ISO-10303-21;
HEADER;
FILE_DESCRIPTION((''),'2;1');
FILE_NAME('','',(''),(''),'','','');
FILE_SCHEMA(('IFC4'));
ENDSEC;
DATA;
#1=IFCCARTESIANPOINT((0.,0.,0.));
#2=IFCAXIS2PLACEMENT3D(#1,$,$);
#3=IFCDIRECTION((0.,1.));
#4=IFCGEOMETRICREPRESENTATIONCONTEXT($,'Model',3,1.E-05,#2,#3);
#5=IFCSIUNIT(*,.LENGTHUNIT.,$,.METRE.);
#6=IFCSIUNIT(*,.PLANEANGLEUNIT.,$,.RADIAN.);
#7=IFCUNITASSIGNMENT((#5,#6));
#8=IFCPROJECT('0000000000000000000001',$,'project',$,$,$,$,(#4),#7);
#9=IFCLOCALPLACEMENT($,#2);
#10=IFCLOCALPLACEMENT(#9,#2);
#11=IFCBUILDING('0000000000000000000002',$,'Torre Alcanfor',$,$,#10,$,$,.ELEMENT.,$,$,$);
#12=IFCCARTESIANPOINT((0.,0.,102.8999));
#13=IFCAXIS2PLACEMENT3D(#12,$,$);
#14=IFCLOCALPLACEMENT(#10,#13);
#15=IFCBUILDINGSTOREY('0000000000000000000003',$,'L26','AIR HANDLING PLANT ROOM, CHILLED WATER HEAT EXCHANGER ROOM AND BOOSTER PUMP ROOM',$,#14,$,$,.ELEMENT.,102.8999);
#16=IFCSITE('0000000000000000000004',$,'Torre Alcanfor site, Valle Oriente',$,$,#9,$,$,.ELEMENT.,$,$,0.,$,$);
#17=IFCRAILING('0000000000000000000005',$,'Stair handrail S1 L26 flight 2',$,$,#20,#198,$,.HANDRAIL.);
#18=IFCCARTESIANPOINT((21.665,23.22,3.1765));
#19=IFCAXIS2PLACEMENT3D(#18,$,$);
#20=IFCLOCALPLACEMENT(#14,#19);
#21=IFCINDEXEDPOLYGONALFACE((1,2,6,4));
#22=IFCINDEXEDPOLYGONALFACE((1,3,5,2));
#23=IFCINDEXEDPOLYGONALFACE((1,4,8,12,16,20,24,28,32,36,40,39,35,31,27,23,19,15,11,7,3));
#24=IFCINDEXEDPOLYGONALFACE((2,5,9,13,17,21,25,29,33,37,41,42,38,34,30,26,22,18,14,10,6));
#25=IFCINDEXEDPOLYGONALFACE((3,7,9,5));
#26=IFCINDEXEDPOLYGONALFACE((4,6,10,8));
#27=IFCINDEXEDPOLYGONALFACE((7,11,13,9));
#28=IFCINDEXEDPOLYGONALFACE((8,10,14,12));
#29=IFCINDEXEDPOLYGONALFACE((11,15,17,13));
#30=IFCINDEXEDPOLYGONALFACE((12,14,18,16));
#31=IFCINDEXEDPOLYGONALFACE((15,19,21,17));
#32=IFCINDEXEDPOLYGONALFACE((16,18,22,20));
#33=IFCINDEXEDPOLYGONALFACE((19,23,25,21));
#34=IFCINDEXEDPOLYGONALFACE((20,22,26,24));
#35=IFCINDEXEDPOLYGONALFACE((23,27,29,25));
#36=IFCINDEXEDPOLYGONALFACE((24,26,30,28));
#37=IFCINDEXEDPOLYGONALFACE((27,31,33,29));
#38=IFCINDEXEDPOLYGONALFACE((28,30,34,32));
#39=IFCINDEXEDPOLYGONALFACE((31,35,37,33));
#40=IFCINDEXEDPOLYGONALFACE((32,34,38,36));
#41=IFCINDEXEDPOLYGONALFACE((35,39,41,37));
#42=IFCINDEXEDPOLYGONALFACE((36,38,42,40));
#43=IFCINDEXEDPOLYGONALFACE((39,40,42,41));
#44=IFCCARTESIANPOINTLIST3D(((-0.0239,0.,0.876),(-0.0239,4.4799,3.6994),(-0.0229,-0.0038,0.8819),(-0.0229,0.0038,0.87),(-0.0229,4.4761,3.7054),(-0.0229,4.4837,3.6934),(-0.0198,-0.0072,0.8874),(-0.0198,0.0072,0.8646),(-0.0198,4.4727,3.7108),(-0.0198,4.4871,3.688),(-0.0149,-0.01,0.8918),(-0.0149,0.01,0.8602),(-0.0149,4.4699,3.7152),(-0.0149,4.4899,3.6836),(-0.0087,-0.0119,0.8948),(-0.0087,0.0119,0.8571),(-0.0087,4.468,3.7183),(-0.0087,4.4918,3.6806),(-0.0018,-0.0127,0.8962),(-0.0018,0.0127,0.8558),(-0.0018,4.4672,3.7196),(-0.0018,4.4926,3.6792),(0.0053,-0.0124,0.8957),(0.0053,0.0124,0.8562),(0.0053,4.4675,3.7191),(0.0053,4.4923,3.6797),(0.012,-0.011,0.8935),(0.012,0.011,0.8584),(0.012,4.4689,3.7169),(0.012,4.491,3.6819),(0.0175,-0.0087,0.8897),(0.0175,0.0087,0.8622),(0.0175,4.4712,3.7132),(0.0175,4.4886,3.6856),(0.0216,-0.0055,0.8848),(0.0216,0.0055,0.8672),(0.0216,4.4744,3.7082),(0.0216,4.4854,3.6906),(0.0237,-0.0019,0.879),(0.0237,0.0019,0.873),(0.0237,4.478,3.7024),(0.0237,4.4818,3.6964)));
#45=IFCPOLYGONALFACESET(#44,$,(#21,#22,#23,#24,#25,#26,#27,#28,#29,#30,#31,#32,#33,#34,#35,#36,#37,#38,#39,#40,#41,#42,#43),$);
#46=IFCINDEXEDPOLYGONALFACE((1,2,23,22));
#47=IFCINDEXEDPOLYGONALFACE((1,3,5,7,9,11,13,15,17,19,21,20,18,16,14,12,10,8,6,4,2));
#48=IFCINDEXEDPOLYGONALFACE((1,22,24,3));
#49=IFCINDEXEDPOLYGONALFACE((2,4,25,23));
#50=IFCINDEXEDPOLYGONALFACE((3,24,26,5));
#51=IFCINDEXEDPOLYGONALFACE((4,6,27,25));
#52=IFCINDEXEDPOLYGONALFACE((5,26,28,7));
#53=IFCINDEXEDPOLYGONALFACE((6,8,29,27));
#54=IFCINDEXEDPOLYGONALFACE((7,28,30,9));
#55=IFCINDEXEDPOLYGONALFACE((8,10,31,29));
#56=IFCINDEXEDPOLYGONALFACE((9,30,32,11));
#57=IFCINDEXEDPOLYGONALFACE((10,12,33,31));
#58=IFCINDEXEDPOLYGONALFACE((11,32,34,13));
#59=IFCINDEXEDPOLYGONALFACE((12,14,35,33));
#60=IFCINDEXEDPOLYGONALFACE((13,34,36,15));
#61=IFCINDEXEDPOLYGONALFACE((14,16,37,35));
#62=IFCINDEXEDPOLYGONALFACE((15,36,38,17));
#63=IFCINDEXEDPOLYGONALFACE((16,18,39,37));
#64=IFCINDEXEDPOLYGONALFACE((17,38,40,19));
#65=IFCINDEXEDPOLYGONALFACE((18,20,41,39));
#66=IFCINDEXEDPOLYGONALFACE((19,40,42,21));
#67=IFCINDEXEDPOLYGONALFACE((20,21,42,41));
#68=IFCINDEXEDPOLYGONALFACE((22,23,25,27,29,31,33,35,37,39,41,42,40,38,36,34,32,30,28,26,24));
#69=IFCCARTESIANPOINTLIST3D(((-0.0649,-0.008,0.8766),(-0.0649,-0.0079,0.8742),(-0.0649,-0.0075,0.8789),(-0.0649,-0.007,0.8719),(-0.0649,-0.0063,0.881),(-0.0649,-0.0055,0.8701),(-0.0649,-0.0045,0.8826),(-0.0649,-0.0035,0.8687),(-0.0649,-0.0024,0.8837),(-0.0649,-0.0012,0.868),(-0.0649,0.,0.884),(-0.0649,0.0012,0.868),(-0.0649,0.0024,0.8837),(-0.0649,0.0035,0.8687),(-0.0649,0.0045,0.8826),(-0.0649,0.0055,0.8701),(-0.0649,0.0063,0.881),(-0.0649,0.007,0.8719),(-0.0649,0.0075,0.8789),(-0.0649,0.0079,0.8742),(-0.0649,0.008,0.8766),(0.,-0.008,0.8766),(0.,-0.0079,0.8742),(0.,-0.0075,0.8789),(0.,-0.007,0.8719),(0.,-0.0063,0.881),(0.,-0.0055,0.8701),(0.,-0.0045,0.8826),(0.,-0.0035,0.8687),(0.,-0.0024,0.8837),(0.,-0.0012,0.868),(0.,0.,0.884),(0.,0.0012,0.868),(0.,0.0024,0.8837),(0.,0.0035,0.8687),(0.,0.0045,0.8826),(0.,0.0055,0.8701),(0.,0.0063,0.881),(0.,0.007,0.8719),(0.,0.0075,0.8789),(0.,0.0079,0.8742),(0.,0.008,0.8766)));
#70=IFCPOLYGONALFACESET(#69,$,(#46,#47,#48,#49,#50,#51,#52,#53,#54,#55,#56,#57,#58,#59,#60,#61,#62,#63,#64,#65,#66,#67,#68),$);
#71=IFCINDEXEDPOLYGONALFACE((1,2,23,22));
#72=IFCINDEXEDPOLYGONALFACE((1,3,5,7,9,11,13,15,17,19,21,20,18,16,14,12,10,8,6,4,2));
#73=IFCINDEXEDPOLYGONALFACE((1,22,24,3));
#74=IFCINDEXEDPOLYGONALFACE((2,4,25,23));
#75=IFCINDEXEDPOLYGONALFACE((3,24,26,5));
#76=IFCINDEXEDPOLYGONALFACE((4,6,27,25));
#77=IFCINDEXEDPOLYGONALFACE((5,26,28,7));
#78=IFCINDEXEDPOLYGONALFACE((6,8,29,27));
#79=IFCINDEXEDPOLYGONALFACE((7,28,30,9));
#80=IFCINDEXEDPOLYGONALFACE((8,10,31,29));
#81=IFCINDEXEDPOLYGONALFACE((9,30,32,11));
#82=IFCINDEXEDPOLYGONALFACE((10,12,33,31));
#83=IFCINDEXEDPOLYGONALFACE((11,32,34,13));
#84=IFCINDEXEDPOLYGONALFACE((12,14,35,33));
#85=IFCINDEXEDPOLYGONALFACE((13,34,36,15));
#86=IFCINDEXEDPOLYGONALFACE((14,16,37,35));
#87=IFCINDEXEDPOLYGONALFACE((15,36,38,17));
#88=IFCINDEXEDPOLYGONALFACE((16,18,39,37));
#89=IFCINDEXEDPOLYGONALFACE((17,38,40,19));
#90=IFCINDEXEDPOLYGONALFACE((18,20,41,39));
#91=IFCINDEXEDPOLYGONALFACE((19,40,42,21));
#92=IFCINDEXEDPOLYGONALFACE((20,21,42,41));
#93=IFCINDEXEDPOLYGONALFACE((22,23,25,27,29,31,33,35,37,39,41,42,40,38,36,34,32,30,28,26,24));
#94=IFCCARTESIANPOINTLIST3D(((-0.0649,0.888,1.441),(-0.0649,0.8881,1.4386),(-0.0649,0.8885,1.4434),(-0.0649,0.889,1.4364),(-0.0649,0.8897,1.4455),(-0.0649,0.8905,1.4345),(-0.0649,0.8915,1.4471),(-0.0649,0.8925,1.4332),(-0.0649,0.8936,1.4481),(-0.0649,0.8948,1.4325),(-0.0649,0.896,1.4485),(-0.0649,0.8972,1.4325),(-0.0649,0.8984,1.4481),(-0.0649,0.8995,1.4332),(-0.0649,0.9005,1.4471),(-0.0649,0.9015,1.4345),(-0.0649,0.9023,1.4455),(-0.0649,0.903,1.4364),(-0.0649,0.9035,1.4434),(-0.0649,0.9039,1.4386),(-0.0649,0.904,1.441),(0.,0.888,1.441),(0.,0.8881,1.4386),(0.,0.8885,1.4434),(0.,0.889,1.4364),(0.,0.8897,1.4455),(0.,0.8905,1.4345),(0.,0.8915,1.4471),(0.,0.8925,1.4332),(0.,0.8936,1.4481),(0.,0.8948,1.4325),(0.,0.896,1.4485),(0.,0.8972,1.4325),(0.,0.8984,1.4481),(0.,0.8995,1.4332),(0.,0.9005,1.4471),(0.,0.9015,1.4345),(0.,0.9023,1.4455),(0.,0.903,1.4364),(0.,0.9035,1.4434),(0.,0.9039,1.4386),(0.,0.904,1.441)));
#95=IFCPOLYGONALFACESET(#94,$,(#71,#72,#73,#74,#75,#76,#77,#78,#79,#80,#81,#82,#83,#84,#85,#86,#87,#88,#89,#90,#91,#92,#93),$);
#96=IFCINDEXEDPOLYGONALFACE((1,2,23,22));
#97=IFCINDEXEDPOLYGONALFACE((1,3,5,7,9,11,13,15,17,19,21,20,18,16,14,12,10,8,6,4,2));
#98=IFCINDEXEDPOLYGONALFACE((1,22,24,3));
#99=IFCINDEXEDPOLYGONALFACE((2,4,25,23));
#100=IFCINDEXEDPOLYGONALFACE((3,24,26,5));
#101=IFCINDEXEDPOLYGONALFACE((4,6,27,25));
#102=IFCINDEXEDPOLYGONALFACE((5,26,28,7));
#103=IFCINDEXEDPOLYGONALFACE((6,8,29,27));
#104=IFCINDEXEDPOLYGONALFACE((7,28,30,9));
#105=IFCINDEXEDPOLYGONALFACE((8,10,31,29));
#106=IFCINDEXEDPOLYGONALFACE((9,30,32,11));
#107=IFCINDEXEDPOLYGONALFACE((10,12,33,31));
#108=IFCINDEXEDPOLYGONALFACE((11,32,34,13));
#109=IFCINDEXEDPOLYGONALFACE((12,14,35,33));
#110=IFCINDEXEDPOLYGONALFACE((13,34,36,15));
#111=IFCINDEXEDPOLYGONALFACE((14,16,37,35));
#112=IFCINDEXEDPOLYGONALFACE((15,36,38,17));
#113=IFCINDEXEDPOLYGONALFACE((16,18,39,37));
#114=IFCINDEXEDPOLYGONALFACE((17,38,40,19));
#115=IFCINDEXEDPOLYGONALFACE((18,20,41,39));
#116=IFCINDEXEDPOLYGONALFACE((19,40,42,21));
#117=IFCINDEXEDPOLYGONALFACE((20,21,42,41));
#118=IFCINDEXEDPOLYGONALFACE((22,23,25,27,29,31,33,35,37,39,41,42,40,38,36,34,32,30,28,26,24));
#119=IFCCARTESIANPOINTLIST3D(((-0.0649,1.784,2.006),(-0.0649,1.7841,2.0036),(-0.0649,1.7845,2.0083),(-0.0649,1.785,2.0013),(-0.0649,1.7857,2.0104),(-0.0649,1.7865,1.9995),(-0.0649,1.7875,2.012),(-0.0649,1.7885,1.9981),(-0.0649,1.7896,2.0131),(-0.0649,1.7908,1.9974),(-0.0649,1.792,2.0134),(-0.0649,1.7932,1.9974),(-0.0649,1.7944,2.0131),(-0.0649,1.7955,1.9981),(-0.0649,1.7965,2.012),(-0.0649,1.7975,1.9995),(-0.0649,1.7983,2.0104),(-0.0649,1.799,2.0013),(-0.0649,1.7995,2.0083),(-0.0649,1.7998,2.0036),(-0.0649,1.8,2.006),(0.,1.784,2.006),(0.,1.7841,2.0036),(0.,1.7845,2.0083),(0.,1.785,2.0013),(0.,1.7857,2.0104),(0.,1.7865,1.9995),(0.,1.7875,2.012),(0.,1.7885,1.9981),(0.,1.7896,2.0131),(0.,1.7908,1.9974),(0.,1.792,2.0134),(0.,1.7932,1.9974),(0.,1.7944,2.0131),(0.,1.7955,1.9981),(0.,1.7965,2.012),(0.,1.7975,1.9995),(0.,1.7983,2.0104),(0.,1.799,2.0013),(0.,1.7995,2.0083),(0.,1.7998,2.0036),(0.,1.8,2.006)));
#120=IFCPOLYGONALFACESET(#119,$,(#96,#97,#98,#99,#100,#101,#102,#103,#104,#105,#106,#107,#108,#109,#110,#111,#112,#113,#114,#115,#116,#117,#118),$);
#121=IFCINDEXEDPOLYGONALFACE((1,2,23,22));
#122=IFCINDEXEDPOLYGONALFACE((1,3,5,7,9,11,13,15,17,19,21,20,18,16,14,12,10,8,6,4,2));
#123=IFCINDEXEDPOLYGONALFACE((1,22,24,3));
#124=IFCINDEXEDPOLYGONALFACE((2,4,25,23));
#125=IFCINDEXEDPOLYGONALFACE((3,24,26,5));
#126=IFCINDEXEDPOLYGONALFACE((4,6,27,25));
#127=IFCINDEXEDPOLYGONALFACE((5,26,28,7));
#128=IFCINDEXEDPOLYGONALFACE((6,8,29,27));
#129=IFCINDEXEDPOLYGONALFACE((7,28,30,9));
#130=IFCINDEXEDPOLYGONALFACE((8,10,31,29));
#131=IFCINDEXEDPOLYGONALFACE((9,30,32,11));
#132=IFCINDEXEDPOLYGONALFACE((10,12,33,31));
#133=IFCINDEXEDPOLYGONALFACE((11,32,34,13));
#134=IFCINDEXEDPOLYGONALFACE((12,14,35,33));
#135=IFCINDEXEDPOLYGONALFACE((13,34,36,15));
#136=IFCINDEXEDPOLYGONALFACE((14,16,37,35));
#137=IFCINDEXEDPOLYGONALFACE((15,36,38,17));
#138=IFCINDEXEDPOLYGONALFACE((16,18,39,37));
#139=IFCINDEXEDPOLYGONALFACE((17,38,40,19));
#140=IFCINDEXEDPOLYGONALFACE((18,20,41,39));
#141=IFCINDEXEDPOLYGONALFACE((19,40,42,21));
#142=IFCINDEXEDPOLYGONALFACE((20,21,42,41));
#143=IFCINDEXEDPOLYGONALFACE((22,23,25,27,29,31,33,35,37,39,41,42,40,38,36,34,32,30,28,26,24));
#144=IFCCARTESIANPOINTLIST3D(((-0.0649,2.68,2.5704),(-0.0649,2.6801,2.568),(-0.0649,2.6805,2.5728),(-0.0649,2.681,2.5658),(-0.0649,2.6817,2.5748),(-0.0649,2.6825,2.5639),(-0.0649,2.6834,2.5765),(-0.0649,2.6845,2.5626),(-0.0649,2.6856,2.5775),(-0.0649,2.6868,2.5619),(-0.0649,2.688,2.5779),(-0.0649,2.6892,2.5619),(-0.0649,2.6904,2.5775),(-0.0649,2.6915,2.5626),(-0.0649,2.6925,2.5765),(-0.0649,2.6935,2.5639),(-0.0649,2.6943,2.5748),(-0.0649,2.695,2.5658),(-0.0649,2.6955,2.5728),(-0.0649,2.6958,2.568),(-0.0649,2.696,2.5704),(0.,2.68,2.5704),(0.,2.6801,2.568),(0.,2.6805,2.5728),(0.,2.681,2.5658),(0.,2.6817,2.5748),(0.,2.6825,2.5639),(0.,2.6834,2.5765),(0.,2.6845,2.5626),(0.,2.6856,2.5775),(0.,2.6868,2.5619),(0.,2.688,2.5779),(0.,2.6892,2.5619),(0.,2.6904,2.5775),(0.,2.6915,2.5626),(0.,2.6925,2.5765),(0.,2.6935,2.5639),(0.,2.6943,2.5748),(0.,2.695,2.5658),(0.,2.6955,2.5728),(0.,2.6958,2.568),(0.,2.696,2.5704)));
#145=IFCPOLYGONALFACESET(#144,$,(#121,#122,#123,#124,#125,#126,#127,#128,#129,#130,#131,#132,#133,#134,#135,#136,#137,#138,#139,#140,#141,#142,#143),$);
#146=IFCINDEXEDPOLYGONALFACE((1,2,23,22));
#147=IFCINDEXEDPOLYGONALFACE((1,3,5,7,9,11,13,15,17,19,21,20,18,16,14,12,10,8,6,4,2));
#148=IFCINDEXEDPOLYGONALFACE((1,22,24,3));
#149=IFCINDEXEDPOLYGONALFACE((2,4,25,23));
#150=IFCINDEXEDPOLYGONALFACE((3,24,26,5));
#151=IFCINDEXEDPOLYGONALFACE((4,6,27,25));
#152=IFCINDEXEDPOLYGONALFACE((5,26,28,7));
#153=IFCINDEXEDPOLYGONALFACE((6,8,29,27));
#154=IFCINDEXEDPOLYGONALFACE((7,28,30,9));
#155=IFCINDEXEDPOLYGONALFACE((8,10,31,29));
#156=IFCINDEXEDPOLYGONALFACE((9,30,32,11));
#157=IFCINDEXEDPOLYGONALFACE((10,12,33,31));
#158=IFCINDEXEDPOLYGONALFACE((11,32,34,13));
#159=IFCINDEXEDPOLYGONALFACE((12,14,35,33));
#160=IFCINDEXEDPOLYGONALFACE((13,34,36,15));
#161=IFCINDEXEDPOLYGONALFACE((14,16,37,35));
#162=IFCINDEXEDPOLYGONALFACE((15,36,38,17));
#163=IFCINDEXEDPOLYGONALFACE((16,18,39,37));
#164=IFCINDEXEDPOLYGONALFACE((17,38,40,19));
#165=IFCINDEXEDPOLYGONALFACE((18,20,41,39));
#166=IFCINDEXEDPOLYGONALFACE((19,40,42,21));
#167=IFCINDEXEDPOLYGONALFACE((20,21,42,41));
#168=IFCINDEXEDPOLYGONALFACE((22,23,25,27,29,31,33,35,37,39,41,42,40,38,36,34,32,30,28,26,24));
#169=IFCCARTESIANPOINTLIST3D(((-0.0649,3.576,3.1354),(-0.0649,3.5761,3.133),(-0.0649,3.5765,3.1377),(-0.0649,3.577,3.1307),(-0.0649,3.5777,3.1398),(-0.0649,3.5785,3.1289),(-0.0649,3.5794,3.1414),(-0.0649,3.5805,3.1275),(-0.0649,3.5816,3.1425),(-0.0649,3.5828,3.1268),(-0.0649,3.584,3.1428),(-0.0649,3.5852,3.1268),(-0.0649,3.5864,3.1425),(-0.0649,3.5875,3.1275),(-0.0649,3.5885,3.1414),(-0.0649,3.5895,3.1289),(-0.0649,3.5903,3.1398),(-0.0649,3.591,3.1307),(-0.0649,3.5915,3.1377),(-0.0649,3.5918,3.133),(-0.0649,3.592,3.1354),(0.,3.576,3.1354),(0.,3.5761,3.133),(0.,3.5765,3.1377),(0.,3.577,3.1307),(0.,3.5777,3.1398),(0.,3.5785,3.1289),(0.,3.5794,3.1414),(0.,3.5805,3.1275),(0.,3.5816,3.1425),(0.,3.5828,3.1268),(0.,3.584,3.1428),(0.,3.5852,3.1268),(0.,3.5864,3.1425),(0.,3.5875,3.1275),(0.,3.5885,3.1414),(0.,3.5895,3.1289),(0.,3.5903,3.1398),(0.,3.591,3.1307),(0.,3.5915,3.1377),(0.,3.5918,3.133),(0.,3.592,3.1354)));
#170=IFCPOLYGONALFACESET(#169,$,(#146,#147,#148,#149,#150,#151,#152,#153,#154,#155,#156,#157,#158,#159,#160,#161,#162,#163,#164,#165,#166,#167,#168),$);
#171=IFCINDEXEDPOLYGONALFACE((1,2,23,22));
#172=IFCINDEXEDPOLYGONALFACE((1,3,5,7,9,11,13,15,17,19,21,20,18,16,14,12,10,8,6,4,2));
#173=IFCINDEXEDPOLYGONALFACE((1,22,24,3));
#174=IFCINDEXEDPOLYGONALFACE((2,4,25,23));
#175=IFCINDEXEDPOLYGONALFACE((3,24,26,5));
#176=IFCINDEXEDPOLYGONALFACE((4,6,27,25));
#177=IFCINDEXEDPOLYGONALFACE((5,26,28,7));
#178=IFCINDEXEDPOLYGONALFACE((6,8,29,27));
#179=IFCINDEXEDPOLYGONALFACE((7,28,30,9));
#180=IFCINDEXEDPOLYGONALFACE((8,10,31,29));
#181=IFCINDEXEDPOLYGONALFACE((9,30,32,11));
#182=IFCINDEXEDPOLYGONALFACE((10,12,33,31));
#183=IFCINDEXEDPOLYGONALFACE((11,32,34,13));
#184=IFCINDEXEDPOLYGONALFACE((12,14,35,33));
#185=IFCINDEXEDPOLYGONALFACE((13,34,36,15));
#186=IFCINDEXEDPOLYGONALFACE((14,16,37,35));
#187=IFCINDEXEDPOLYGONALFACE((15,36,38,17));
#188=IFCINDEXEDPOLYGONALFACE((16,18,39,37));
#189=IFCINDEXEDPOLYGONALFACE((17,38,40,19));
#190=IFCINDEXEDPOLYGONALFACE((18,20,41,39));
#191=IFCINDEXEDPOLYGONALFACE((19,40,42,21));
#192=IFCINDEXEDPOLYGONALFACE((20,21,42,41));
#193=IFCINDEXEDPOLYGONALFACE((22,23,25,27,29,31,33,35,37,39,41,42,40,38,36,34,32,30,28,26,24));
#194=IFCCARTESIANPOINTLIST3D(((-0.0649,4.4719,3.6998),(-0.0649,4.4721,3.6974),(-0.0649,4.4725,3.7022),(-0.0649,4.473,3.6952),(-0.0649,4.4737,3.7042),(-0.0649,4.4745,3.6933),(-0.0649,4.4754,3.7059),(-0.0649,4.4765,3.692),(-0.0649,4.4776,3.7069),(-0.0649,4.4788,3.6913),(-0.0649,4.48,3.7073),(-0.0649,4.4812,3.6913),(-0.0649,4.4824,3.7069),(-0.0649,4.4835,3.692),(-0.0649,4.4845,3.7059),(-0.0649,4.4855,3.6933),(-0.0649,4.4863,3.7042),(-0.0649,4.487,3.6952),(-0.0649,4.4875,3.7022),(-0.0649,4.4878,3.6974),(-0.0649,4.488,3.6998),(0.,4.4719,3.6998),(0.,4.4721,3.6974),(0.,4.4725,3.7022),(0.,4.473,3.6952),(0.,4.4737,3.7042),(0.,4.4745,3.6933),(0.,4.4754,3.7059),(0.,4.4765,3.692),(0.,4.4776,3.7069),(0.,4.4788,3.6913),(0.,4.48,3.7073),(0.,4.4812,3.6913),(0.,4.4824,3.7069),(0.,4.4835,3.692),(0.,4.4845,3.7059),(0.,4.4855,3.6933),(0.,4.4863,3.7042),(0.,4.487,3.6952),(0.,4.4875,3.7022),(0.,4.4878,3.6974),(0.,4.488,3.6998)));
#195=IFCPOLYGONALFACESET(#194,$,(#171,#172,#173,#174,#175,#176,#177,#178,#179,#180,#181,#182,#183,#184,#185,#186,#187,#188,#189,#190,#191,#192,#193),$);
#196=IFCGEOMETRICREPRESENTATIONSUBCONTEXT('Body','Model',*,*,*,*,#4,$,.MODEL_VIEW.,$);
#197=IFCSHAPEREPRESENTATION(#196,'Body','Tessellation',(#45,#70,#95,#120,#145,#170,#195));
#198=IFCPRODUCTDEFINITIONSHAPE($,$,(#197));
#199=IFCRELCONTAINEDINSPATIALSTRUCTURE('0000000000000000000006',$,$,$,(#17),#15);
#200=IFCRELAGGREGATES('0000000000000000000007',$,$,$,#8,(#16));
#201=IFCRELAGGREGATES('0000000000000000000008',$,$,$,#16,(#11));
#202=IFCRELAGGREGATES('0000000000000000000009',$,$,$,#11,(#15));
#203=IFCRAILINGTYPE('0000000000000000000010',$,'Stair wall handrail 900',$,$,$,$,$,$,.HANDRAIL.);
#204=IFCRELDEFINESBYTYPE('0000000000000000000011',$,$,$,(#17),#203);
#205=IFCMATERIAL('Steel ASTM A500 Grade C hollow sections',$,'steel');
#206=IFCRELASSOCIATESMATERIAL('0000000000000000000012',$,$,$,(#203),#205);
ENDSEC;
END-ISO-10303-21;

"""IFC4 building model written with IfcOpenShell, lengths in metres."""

from ifc_helpers import new_model, si_unit, direction, frame, origin, origin_2d, place, context, subcontext, project, spatial, circle, extrude, material, type_object, element, save


model = new_model("IFC4")

# Units and contexts
model_context = context("Model", 3, precision=1e-05, world=origin(), true_north=direction((0.0, 1.0)))
body_context = subcontext(model_context, "Body", "Model", "MODEL_VIEW")
ifc_project = project(units=[si_unit("LENGTHUNIT", "METRE"), si_unit("PLANEANGLEUNIT", "RADIAN")], contexts=[model_context])

# Site, building, storey
site_placement = place(None, origin())
site = spatial("IfcSite", under=ifc_project, at=site_placement, Name="Torre Alcanfor site, Valle Oriente", CompositionType="ELEMENT", RefElevation=0.0)
building_placement = place(site_placement, origin())
building = spatial("IfcBuilding", under=site, at=building_placement, Name="Torre Alcanfor", CompositionType="ELEMENT")
storey_placement = place(building_placement, frame((0.0, 0.0, 102.8999)))
storey = spatial("IfcBuildingStorey", under=building, at=storey_placement, Name="L26", Description="AIR HANDLING PLANT ROOM, CHILLED WATER HEAT EXCHANGER ROOM AND BOOSTER PUMP ROOM", CompositionType="ELEMENT", Elevation=102.8999)

# Railing
ifc_material_1 = material(Name="Steel ASTM A500 Grade C hollow sections", Category="steel")
railing_type_1 = type_object("IfcRailingType", Name="Stair wall handrail 900", PredefinedType="HANDRAIL", material=ifc_material_1)
railing_1_placement = place(storey_placement, frame((21.665, 23.22, 3.1765)))
element("IfcRailing", 1, at=railing_1_placement, inside=storey, type_object=railing_type_1, Name="Stair handrail S1 L26 flight 2", PredefinedType="HANDRAIL", context=body_context, shape_type="SweptSolid", body=[
    extrude(circle(Radius=0.0239, at=origin_2d()), frame((0.0, 0.0, 0.876), z_axis=(0.0, 0.845998, 0.533186), x_axis=(-1.0, 0.0, 0.0)), (0.0, 0.0, 1.0), 5.2954),
    extrude(circle(Radius=0.0081, at=origin_2d()), frame((0.0, 0.0, 0.876), z_axis=(-1.0, 0.0, 0.0), x_axis=(0.0, 0.0, 1.0)), (0.0, 0.0, 1.0), 0.0649),
    extrude(circle(Radius=0.0081, at=origin_2d()), frame((0.0, 0.896, 1.4404), z_axis=(-1.0, 0.0, 0.0), x_axis=(0.0, 0.0, 1.0)), (0.0, 0.0, 1.0), 0.0649),
    extrude(circle(Radius=0.0081, at=origin_2d()), frame((0.0, 1.792, 2.0054), z_axis=(-1.0, 0.0, 0.0), x_axis=(0.0, 0.0, 1.0)), (0.0, 0.0, 1.0), 0.0649),
    extrude(circle(Radius=0.0081, at=origin_2d()), frame((0.0, 2.688, 2.5698), z_axis=(-1.0, 0.0, 0.0), x_axis=(0.0, 0.0, 1.0)), (0.0, 0.0, 1.0), 0.0649),
    extrude(circle(Radius=0.0081, at=origin_2d()), frame((0.0, 3.584, 3.1348), z_axis=(-1.0, 0.0, 0.0), x_axis=(0.0, 0.0, 1.0)), (0.0, 0.0, 1.0), 0.0649),
    extrude(circle(Radius=0.0081, at=origin_2d()), frame((0.0, 4.48, 3.6992), z_axis=(-1.0, 0.0, 0.0), x_axis=(0.0, 0.0, 1.0)), (0.0, 0.0, 1.0), 0.0649),
])

save(model, "model.ifc")
